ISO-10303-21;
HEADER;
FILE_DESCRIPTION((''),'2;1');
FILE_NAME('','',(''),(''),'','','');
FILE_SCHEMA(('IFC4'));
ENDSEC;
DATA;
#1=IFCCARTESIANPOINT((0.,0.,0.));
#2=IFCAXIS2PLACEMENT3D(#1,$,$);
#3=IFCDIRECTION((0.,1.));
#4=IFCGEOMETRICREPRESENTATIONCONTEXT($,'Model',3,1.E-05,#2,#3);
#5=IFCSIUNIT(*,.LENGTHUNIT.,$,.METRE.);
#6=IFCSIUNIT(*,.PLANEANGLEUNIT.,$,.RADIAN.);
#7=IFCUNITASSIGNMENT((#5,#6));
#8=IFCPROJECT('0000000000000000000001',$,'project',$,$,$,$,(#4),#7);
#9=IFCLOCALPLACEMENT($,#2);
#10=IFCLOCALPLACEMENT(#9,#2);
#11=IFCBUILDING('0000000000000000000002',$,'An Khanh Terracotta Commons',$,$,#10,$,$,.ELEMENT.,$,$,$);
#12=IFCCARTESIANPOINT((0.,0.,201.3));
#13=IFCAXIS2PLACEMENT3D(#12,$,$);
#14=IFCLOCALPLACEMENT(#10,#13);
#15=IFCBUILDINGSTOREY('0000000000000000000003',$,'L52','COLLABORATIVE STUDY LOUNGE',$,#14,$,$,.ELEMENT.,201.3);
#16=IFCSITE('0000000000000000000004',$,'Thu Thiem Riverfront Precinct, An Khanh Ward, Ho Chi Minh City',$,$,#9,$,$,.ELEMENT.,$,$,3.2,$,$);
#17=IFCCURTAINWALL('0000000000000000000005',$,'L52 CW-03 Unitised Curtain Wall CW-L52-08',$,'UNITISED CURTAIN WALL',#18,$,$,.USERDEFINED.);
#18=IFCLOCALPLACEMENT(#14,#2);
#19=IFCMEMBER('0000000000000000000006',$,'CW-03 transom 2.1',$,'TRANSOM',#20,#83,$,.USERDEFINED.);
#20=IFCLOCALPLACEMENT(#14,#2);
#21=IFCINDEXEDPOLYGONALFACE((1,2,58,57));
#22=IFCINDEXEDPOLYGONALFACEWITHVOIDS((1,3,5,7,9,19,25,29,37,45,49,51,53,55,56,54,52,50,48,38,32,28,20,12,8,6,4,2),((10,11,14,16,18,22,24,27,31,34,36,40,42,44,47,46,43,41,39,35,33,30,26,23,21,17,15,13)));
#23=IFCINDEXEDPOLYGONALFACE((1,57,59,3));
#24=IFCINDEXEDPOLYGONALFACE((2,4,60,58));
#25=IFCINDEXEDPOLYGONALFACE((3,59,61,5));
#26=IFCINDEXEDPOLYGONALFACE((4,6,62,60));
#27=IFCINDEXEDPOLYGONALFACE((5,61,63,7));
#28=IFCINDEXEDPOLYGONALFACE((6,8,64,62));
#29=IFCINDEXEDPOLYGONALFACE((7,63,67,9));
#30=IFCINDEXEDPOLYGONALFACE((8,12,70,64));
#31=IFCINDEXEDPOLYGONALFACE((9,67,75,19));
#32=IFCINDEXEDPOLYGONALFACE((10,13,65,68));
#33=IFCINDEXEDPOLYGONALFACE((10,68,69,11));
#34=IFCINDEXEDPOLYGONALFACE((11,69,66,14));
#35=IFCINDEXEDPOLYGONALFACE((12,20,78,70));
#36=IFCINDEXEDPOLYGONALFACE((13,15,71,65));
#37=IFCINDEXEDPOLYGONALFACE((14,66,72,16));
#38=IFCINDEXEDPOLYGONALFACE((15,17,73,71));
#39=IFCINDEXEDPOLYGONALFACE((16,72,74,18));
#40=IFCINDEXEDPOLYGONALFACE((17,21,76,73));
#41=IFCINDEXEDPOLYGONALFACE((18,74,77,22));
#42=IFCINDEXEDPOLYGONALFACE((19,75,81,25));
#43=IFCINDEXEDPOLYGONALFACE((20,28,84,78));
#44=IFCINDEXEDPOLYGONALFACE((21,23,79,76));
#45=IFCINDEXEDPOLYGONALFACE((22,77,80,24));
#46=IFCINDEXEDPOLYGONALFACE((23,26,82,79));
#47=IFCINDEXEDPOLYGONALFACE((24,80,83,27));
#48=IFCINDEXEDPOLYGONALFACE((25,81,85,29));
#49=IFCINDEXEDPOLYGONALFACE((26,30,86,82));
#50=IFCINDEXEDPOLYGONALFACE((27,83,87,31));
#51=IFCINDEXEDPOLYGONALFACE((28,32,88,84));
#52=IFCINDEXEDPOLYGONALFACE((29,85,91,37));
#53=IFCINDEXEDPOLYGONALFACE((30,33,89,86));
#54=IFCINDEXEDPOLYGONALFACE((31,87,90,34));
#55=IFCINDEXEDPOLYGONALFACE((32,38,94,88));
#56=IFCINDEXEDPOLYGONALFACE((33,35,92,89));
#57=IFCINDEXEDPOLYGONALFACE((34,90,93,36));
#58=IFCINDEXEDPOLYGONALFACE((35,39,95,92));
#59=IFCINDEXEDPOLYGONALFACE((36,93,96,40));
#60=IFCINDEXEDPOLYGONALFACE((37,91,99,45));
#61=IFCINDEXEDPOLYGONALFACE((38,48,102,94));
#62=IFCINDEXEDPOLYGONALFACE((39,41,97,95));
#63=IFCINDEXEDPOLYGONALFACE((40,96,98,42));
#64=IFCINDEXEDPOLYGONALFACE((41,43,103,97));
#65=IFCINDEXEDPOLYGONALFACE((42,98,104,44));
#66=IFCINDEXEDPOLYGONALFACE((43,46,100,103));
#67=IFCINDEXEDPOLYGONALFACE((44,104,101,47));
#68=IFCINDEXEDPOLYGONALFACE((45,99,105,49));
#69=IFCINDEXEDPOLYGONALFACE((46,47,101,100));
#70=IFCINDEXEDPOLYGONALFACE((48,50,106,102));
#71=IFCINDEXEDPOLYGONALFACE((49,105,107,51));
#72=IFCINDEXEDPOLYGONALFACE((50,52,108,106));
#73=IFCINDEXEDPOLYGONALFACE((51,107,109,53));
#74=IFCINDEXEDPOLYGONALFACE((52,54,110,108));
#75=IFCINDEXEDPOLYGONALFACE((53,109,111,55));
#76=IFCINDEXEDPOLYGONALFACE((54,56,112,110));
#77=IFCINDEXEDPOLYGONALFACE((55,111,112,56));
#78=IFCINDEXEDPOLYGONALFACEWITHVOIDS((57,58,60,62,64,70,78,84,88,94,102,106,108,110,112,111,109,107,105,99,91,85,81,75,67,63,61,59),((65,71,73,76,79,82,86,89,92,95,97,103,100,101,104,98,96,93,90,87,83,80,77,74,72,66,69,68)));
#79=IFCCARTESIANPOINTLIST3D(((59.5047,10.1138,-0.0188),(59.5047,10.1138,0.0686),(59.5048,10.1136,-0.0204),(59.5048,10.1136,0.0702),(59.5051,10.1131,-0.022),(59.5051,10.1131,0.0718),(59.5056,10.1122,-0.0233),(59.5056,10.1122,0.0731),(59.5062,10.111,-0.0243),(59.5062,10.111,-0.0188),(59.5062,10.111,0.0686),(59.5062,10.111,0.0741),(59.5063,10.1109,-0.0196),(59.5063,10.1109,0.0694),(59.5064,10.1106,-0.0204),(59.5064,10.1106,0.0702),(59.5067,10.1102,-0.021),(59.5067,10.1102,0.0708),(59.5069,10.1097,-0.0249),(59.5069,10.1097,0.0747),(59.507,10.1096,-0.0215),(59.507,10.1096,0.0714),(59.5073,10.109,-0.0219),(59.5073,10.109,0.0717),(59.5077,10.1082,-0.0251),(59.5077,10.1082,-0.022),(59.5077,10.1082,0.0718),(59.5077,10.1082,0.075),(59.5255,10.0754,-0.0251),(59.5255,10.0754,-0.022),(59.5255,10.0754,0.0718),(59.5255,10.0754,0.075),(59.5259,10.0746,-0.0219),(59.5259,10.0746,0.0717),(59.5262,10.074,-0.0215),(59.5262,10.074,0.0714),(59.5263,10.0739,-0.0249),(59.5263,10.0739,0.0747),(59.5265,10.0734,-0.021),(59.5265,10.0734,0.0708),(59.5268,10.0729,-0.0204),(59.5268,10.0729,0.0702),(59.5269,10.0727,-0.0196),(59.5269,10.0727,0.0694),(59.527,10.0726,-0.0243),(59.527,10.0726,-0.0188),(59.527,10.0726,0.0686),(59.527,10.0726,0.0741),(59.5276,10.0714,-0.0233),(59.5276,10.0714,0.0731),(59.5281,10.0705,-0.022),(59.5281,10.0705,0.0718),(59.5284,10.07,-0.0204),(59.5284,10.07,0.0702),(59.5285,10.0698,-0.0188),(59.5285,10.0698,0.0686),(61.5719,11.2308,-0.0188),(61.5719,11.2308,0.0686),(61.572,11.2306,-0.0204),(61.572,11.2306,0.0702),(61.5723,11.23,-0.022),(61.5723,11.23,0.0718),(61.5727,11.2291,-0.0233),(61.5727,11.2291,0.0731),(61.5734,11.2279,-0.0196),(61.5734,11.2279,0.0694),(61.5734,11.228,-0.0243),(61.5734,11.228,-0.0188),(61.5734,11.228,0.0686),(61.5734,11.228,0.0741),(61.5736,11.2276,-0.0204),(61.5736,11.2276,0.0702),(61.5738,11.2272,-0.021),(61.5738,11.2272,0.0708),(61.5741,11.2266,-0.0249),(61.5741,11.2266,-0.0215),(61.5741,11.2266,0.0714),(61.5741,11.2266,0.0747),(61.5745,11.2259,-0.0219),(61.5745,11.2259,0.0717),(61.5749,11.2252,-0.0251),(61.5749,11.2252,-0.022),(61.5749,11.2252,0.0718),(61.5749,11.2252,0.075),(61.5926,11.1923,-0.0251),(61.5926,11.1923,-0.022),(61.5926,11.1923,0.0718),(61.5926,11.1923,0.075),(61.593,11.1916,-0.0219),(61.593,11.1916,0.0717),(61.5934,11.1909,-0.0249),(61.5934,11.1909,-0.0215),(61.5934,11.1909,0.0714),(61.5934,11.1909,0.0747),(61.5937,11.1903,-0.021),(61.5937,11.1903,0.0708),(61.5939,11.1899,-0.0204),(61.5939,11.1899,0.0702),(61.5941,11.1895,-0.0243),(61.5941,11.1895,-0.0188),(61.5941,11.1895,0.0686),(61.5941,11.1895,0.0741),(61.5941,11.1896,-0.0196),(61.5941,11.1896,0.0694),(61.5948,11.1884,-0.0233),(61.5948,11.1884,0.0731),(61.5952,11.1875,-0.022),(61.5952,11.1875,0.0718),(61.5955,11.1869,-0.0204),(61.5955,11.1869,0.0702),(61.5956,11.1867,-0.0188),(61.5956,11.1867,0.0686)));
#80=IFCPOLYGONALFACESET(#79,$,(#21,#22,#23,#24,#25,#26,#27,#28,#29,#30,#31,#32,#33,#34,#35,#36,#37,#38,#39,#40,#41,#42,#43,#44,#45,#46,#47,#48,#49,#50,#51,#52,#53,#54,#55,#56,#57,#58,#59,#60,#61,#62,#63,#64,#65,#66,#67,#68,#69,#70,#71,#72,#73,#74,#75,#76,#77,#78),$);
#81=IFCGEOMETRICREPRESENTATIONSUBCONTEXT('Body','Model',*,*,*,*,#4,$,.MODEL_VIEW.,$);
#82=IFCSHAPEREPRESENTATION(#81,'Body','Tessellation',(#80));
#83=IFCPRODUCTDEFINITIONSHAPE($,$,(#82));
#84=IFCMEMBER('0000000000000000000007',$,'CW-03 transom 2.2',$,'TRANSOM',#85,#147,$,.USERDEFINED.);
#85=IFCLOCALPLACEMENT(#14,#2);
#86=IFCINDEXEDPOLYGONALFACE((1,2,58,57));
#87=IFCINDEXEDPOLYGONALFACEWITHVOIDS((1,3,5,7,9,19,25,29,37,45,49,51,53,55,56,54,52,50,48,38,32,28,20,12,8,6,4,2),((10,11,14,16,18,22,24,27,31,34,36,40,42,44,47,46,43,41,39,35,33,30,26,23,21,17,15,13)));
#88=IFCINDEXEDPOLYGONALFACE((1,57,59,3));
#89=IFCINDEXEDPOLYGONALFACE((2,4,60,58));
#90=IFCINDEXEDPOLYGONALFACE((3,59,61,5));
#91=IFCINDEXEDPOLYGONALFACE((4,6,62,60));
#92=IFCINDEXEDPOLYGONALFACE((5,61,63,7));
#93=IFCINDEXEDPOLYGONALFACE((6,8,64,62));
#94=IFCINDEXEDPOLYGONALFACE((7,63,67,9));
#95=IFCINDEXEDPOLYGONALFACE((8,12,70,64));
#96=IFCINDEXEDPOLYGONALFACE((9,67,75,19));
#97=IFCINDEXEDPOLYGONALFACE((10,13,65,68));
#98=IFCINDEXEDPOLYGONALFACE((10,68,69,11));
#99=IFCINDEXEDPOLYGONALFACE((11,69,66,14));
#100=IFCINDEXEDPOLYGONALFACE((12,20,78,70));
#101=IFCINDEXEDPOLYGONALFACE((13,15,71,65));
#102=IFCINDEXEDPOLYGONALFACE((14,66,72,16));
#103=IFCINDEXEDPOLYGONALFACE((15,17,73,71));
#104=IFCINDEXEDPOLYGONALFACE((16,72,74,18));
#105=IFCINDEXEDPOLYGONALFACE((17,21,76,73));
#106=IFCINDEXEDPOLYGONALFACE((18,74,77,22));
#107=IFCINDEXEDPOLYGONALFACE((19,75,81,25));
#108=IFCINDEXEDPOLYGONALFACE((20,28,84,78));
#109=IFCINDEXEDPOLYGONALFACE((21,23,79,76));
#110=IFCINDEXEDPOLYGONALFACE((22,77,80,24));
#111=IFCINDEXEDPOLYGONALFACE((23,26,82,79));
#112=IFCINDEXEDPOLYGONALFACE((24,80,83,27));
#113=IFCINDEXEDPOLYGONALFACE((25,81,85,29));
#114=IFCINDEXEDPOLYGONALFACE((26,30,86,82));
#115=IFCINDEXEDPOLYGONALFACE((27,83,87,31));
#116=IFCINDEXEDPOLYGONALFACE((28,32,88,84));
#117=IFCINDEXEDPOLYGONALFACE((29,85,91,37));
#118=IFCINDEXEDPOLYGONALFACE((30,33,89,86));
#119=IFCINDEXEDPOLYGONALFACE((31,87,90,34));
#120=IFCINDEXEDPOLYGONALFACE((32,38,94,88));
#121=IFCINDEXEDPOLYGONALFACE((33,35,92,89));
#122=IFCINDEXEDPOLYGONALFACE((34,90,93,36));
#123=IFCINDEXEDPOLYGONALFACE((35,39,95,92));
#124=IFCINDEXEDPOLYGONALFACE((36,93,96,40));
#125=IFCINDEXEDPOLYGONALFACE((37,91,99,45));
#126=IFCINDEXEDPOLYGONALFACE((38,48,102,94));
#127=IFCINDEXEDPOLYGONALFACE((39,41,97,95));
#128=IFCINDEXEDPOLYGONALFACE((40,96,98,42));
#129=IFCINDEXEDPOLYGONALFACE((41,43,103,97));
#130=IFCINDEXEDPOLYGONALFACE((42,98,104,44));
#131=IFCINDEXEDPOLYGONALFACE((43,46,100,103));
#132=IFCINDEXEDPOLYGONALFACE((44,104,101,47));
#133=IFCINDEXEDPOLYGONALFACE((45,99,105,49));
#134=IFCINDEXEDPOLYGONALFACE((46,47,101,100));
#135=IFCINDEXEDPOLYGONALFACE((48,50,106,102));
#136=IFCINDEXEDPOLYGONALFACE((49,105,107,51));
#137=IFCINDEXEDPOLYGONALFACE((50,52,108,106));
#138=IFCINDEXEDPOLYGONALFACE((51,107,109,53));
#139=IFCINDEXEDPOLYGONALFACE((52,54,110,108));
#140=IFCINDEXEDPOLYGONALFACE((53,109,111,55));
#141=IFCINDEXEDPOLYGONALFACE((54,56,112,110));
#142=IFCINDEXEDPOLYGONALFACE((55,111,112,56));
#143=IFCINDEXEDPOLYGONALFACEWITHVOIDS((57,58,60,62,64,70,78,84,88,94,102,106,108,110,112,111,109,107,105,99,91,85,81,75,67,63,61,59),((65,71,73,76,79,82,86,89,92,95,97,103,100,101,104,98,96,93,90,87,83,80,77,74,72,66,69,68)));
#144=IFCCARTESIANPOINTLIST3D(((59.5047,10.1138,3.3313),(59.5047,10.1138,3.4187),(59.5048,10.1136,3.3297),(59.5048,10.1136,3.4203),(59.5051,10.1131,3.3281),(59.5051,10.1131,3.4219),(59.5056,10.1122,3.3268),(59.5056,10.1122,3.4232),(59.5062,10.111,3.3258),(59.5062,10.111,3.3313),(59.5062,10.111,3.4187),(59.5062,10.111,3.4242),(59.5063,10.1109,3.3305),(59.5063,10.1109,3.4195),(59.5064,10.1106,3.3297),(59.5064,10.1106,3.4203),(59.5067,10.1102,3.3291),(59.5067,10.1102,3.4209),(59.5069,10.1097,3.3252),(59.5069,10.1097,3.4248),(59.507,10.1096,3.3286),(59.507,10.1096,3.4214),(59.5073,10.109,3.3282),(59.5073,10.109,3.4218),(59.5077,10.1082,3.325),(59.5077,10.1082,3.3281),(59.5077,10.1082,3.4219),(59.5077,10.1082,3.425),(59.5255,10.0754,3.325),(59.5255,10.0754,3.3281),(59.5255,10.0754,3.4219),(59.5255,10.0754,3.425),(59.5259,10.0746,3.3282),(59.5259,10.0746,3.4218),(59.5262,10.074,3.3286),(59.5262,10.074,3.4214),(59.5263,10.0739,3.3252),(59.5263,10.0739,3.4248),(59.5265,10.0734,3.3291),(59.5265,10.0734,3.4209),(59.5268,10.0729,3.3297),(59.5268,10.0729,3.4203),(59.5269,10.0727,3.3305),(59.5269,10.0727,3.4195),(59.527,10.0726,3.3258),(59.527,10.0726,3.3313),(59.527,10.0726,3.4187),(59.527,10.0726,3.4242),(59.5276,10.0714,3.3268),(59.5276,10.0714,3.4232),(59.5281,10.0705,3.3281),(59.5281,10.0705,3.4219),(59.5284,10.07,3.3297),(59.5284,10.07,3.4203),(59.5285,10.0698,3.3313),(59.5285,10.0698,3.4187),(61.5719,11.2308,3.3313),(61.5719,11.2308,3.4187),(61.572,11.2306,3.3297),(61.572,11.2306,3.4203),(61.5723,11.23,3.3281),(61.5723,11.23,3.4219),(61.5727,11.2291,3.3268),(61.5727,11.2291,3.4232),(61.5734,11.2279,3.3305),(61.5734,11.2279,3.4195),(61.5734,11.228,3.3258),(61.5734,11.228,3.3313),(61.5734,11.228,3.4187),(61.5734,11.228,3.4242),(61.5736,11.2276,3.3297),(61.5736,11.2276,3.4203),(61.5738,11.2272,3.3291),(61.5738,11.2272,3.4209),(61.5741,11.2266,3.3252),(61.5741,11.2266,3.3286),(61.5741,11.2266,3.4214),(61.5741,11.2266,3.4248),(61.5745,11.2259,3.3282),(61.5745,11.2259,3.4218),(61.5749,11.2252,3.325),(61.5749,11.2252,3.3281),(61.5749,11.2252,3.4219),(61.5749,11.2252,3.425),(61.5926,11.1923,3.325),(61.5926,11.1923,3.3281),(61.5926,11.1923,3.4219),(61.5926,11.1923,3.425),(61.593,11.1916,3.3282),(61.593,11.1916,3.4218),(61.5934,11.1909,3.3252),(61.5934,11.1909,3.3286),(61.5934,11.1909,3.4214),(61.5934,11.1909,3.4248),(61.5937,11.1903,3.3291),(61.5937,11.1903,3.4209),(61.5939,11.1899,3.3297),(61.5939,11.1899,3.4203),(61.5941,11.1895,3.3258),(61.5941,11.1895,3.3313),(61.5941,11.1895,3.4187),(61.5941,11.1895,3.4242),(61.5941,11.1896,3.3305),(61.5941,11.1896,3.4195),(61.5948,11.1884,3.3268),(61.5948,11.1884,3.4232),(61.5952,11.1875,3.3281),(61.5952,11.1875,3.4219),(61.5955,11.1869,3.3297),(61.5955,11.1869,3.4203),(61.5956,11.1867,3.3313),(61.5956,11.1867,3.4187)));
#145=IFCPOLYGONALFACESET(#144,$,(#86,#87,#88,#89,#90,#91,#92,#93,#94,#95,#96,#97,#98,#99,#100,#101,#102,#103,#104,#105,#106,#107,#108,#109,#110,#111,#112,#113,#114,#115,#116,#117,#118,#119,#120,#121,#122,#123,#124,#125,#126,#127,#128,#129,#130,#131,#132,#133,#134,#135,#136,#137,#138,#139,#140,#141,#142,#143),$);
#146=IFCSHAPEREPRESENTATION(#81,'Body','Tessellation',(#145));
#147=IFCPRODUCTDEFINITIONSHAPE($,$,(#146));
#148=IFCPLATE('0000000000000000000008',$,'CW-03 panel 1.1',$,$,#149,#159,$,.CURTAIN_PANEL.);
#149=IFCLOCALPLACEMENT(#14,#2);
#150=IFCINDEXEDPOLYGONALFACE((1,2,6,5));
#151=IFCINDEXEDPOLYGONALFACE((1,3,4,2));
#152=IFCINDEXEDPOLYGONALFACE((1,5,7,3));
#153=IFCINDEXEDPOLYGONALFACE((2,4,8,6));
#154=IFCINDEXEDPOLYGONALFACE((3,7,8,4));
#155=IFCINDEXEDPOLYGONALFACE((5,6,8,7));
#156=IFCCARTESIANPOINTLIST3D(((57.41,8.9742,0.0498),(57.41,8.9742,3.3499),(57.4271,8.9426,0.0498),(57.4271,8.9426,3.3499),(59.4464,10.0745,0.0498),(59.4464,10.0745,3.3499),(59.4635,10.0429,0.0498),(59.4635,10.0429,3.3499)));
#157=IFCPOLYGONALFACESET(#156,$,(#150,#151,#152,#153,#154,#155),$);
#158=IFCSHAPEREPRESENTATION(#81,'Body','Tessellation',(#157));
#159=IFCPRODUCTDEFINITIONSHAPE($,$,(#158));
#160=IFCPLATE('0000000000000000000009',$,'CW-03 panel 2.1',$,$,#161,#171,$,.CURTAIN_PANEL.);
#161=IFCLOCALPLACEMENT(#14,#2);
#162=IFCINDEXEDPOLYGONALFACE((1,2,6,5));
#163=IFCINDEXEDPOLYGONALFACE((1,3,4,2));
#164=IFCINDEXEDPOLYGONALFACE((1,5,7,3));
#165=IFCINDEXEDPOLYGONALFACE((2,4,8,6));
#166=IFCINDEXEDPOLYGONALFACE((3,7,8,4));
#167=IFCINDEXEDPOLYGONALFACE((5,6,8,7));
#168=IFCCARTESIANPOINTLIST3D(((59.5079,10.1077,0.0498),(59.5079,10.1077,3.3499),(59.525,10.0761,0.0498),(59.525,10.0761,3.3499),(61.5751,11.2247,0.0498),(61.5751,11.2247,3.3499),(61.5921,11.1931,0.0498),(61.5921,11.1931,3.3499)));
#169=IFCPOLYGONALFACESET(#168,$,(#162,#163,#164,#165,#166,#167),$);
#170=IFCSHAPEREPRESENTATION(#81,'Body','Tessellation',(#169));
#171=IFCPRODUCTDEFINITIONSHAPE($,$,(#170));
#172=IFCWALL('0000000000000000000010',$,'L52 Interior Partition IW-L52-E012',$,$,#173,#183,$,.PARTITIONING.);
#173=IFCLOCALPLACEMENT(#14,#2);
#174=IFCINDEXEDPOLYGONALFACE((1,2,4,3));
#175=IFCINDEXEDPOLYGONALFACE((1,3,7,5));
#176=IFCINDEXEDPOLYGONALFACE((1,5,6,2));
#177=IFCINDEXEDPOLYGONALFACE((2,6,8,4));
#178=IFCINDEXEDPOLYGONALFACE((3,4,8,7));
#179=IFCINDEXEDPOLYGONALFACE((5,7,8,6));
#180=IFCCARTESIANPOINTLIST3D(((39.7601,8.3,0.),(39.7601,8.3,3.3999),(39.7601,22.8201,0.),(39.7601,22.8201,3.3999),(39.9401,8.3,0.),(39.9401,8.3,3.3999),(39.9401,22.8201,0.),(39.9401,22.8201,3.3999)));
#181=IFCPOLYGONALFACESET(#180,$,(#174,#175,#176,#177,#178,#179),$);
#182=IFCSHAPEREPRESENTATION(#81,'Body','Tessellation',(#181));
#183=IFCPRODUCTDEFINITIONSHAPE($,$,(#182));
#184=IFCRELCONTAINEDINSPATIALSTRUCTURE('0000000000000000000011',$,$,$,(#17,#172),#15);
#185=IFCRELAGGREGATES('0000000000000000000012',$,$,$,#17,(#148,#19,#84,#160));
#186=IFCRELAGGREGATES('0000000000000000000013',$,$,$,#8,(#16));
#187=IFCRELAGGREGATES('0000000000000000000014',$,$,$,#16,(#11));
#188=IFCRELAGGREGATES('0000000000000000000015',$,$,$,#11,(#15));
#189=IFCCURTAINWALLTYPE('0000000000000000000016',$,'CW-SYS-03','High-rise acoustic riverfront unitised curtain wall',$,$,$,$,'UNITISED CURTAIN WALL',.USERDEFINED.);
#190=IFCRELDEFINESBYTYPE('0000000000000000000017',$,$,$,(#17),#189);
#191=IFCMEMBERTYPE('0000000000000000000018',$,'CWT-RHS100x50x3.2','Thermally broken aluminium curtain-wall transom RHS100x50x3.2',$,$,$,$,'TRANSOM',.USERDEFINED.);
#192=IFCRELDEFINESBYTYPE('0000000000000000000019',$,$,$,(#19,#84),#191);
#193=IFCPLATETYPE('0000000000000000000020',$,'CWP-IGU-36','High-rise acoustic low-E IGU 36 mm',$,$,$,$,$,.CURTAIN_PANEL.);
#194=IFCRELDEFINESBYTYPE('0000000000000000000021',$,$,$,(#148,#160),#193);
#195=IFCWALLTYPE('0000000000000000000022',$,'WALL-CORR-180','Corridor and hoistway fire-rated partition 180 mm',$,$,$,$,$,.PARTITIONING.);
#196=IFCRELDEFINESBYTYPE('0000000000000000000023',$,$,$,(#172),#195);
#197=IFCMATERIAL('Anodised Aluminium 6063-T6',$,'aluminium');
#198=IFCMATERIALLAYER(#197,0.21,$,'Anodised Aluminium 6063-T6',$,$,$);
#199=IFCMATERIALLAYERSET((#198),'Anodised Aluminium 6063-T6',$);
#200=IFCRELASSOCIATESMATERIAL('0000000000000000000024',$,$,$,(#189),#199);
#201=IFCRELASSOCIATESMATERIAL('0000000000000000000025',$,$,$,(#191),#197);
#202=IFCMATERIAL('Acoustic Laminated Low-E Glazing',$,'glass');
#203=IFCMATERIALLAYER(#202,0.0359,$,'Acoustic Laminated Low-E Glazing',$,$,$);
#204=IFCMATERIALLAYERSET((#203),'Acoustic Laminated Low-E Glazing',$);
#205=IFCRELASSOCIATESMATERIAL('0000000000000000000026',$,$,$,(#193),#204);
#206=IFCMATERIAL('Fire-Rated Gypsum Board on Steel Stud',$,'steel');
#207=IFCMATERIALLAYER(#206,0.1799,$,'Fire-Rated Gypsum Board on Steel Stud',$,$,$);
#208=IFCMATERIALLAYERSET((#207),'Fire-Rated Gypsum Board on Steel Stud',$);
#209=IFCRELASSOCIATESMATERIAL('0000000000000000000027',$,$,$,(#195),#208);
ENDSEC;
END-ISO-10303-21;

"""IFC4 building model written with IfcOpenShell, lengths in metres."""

from ifc_helpers import new_model, si_unit, direction, frame, frame_2d, origin, origin_2d, place, context, subcontext, project, spatial, rectangle, hollow_rectangle, extrude, material, layer, layer_set, material_profile, profile_set, type_object, element, aggregate, save


model = new_model("IFC4")

# Units and contexts
model_context = context("Model", 3, precision=1e-05, world=origin(), true_north=direction((0.0, 1.0)))
body_context = subcontext(model_context, "Body", "Model", "MODEL_VIEW")
ifc_project = project(units=[si_unit("LENGTHUNIT", "METRE"), si_unit("PLANEANGLEUNIT", "RADIAN")], contexts=[model_context])

# Site, building, storey
site_placement = place(None, origin())
site = spatial("IfcSite", under=ifc_project, at=site_placement, Name="Thu Thiem Riverfront Precinct, An Khanh Ward, Ho Chi Minh City", CompositionType="ELEMENT", RefElevation=3.2)
building_placement = place(site_placement, origin())
building = spatial("IfcBuilding", under=site, at=building_placement, Name="An Khanh Terracotta Commons", CompositionType="ELEMENT")
storey_placement = place(building_placement, frame((0.0, 0.0, 201.3)))
storey = spatial("IfcBuildingStorey", under=building, at=storey_placement, Name="L52", Description="COLLABORATIVE STUDY LOUNGE", CompositionType="ELEMENT", Elevation=201.3)

# Curtain wall, members, plates
ifc_material_1 = material(Name="Anodised Aluminium 6063-T6", Category="aluminium")
ifc_layer_1 = layer(ifc_material_1, 0.21, Name="Anodised Aluminium 6063-T6")
ifc_layer_set_1 = layer_set([ifc_layer_1], Name="Anodised Aluminium 6063-T6")
curtain_wall_type = type_object("IfcCurtainWallType", Name="CW-SYS-03", Description="High-rise acoustic riverfront unitised curtain wall", ElementType="UNITISED CURTAIN WALL", PredefinedType="USERDEFINED", material=ifc_layer_set_1)
curtain_wall_placement = place(storey_placement, origin())
curtain_wall = element("IfcCurtainWall", 1, at=curtain_wall_placement, inside=storey, type_object=curtain_wall_type, Name="L52 CW-03 Unitised Curtain Wall CW-L52-08", ObjectType="UNITISED CURTAIN WALL", PredefinedType="USERDEFINED")
ifc_material_profile_1 = material_profile(ifc_material_1, hollow_rectangle(XDim=0.05, YDim=0.1001, WallThickness=0.0032, InnerFilletRadius=0.0032, OuterFilletRadius=0.0063, at=origin_2d()), Name="RHS100x50x3.2")
ifc_profile_set_1 = profile_set([ifc_material_profile_1], Name="Anodised Aluminium 6063-T6")
member_type_1 = type_object("IfcMemberType", Name="CWT-RHS100x50x3.2", Description="Thermally broken aluminium curtain-wall transom RHS100x50x3.2", ElementType="TRANSOM", PredefinedType="USERDEFINED", material=ifc_profile_set_1)
member_1_placement = place(storey_placement, frame((59.5166, 10.0918, 0.0249), z_axis=(0.879783, 0.475376, 0.0), x_axis=(-0.475376, 0.879783, 0.0)))
member_1 = element("IfcMember", 2, at=member_1_placement, type_object=member_type_1, Name="CW-03 transom 2.1", ObjectType="TRANSOM", PredefinedType="USERDEFINED", context=body_context, shape_type="SweptSolid", body=[
    extrude(hollow_rectangle(XDim=0.05, YDim=0.1001, WallThickness=0.0032, InnerFilletRadius=0.0032, OuterFilletRadius=0.0063, at=origin_2d()), origin(), (0.0, 0.0, 1.0), 2.3496),
])
member_2_placement = place(storey_placement, frame((59.5166, 10.0918, 3.375), z_axis=(0.879783, 0.475376, 0.0), x_axis=(-0.475376, 0.879783, 0.0)))
member_2 = element("IfcMember", 3, at=member_2_placement, type_object=member_type_1, Name="CW-03 transom 2.2", ObjectType="TRANSOM", PredefinedType="USERDEFINED", context=body_context, shape_type="SweptSolid", body=[
    extrude(hollow_rectangle(XDim=0.05, YDim=0.1001, WallThickness=0.0032, InnerFilletRadius=0.0032, OuterFilletRadius=0.0063, at=origin_2d()), origin(), (0.0, 0.0, 1.0), 2.3496),
])
ifc_material_2 = material(Name="Acoustic Laminated Low-E Glazing", Category="glass")
ifc_layer_2 = layer(ifc_material_2, 0.0359, Name="Acoustic Laminated Low-E Glazing")
ifc_layer_set_2 = layer_set([ifc_layer_2], Name="Acoustic Laminated Low-E Glazing")
plate_type = type_object("IfcPlateType", Name="CWP-IGU-36", Description="High-rise acoustic low-E IGU 36 mm", PredefinedType="CURTAIN_PANEL", material=ifc_layer_set_2)
plate_1_placement = place(storey_placement, frame((58.4368, 9.5085, 0.0498), z_axis=(0.0, 0.0, 1.0), x_axis=(0.87978, 0.475381, 0.0)))
plate_1 = element("IfcPlate", 4, at=plate_1_placement, type_object=plate_type, Name="CW-03 panel 1.1", PredefinedType="CURTAIN_PANEL", context=body_context, shape_type="SweptSolid", body=[
    extrude(rectangle(XDim=2.3147, YDim=0.0359, at=origin_2d()), origin(), (0.0, 0.0, 1.0), 3.3),
])
plate_2_placement = place(storey_placement, frame((60.55, 10.6504, 0.0498), z_axis=(0.0, 0.0, 1.0), x_axis=(0.87978, 0.475381, 0.0)))
plate_2 = element("IfcPlate", 5, at=plate_2_placement, type_object=plate_type, Name="CW-03 panel 2.1", PredefinedType="CURTAIN_PANEL", context=body_context, shape_type="SweptSolid", body=[
    extrude(rectangle(XDim=2.3496, YDim=0.0359, at=origin_2d()), origin(), (0.0, 0.0, 1.0), 3.3),
])
aggregate(curtain_wall, [plate_1, member_1, member_2, plate_2])

# Wall
ifc_material_3 = material(Name="Fire-Rated Gypsum Board on Steel Stud", Category="steel")
ifc_layer_3 = layer(ifc_material_3, 0.1799, Name="Fire-Rated Gypsum Board on Steel Stud")
ifc_layer_set_3 = layer_set([ifc_layer_3], Name="Fire-Rated Gypsum Board on Steel Stud")
wall_type_1 = type_object("IfcWallType", Name="WALL-CORR-180", Description="Corridor and hoistway fire-rated partition 180 mm", PredefinedType="PARTITIONING", material=ifc_layer_set_3)
wall_1_placement = place(storey_placement, frame((39.8501, 8.3, 0.0), z_axis=(0.0, 0.0, 1.0), x_axis=(0.0, 1.0, 0.0)))
element("IfcWall", 6, at=wall_1_placement, inside=storey, type_object=wall_type_1, Name="L52 Interior Partition IW-L52-E012", PredefinedType="PARTITIONING", context=body_context, shape_type="SweptSolid", body=[
    extrude(rectangle(XDim=14.52, YDim=0.1799, at=frame_2d((7.26, 0.0))), origin(), (0.0, 0.0, 1.0), 3.3999),
])

save(model, "model.ifc")
